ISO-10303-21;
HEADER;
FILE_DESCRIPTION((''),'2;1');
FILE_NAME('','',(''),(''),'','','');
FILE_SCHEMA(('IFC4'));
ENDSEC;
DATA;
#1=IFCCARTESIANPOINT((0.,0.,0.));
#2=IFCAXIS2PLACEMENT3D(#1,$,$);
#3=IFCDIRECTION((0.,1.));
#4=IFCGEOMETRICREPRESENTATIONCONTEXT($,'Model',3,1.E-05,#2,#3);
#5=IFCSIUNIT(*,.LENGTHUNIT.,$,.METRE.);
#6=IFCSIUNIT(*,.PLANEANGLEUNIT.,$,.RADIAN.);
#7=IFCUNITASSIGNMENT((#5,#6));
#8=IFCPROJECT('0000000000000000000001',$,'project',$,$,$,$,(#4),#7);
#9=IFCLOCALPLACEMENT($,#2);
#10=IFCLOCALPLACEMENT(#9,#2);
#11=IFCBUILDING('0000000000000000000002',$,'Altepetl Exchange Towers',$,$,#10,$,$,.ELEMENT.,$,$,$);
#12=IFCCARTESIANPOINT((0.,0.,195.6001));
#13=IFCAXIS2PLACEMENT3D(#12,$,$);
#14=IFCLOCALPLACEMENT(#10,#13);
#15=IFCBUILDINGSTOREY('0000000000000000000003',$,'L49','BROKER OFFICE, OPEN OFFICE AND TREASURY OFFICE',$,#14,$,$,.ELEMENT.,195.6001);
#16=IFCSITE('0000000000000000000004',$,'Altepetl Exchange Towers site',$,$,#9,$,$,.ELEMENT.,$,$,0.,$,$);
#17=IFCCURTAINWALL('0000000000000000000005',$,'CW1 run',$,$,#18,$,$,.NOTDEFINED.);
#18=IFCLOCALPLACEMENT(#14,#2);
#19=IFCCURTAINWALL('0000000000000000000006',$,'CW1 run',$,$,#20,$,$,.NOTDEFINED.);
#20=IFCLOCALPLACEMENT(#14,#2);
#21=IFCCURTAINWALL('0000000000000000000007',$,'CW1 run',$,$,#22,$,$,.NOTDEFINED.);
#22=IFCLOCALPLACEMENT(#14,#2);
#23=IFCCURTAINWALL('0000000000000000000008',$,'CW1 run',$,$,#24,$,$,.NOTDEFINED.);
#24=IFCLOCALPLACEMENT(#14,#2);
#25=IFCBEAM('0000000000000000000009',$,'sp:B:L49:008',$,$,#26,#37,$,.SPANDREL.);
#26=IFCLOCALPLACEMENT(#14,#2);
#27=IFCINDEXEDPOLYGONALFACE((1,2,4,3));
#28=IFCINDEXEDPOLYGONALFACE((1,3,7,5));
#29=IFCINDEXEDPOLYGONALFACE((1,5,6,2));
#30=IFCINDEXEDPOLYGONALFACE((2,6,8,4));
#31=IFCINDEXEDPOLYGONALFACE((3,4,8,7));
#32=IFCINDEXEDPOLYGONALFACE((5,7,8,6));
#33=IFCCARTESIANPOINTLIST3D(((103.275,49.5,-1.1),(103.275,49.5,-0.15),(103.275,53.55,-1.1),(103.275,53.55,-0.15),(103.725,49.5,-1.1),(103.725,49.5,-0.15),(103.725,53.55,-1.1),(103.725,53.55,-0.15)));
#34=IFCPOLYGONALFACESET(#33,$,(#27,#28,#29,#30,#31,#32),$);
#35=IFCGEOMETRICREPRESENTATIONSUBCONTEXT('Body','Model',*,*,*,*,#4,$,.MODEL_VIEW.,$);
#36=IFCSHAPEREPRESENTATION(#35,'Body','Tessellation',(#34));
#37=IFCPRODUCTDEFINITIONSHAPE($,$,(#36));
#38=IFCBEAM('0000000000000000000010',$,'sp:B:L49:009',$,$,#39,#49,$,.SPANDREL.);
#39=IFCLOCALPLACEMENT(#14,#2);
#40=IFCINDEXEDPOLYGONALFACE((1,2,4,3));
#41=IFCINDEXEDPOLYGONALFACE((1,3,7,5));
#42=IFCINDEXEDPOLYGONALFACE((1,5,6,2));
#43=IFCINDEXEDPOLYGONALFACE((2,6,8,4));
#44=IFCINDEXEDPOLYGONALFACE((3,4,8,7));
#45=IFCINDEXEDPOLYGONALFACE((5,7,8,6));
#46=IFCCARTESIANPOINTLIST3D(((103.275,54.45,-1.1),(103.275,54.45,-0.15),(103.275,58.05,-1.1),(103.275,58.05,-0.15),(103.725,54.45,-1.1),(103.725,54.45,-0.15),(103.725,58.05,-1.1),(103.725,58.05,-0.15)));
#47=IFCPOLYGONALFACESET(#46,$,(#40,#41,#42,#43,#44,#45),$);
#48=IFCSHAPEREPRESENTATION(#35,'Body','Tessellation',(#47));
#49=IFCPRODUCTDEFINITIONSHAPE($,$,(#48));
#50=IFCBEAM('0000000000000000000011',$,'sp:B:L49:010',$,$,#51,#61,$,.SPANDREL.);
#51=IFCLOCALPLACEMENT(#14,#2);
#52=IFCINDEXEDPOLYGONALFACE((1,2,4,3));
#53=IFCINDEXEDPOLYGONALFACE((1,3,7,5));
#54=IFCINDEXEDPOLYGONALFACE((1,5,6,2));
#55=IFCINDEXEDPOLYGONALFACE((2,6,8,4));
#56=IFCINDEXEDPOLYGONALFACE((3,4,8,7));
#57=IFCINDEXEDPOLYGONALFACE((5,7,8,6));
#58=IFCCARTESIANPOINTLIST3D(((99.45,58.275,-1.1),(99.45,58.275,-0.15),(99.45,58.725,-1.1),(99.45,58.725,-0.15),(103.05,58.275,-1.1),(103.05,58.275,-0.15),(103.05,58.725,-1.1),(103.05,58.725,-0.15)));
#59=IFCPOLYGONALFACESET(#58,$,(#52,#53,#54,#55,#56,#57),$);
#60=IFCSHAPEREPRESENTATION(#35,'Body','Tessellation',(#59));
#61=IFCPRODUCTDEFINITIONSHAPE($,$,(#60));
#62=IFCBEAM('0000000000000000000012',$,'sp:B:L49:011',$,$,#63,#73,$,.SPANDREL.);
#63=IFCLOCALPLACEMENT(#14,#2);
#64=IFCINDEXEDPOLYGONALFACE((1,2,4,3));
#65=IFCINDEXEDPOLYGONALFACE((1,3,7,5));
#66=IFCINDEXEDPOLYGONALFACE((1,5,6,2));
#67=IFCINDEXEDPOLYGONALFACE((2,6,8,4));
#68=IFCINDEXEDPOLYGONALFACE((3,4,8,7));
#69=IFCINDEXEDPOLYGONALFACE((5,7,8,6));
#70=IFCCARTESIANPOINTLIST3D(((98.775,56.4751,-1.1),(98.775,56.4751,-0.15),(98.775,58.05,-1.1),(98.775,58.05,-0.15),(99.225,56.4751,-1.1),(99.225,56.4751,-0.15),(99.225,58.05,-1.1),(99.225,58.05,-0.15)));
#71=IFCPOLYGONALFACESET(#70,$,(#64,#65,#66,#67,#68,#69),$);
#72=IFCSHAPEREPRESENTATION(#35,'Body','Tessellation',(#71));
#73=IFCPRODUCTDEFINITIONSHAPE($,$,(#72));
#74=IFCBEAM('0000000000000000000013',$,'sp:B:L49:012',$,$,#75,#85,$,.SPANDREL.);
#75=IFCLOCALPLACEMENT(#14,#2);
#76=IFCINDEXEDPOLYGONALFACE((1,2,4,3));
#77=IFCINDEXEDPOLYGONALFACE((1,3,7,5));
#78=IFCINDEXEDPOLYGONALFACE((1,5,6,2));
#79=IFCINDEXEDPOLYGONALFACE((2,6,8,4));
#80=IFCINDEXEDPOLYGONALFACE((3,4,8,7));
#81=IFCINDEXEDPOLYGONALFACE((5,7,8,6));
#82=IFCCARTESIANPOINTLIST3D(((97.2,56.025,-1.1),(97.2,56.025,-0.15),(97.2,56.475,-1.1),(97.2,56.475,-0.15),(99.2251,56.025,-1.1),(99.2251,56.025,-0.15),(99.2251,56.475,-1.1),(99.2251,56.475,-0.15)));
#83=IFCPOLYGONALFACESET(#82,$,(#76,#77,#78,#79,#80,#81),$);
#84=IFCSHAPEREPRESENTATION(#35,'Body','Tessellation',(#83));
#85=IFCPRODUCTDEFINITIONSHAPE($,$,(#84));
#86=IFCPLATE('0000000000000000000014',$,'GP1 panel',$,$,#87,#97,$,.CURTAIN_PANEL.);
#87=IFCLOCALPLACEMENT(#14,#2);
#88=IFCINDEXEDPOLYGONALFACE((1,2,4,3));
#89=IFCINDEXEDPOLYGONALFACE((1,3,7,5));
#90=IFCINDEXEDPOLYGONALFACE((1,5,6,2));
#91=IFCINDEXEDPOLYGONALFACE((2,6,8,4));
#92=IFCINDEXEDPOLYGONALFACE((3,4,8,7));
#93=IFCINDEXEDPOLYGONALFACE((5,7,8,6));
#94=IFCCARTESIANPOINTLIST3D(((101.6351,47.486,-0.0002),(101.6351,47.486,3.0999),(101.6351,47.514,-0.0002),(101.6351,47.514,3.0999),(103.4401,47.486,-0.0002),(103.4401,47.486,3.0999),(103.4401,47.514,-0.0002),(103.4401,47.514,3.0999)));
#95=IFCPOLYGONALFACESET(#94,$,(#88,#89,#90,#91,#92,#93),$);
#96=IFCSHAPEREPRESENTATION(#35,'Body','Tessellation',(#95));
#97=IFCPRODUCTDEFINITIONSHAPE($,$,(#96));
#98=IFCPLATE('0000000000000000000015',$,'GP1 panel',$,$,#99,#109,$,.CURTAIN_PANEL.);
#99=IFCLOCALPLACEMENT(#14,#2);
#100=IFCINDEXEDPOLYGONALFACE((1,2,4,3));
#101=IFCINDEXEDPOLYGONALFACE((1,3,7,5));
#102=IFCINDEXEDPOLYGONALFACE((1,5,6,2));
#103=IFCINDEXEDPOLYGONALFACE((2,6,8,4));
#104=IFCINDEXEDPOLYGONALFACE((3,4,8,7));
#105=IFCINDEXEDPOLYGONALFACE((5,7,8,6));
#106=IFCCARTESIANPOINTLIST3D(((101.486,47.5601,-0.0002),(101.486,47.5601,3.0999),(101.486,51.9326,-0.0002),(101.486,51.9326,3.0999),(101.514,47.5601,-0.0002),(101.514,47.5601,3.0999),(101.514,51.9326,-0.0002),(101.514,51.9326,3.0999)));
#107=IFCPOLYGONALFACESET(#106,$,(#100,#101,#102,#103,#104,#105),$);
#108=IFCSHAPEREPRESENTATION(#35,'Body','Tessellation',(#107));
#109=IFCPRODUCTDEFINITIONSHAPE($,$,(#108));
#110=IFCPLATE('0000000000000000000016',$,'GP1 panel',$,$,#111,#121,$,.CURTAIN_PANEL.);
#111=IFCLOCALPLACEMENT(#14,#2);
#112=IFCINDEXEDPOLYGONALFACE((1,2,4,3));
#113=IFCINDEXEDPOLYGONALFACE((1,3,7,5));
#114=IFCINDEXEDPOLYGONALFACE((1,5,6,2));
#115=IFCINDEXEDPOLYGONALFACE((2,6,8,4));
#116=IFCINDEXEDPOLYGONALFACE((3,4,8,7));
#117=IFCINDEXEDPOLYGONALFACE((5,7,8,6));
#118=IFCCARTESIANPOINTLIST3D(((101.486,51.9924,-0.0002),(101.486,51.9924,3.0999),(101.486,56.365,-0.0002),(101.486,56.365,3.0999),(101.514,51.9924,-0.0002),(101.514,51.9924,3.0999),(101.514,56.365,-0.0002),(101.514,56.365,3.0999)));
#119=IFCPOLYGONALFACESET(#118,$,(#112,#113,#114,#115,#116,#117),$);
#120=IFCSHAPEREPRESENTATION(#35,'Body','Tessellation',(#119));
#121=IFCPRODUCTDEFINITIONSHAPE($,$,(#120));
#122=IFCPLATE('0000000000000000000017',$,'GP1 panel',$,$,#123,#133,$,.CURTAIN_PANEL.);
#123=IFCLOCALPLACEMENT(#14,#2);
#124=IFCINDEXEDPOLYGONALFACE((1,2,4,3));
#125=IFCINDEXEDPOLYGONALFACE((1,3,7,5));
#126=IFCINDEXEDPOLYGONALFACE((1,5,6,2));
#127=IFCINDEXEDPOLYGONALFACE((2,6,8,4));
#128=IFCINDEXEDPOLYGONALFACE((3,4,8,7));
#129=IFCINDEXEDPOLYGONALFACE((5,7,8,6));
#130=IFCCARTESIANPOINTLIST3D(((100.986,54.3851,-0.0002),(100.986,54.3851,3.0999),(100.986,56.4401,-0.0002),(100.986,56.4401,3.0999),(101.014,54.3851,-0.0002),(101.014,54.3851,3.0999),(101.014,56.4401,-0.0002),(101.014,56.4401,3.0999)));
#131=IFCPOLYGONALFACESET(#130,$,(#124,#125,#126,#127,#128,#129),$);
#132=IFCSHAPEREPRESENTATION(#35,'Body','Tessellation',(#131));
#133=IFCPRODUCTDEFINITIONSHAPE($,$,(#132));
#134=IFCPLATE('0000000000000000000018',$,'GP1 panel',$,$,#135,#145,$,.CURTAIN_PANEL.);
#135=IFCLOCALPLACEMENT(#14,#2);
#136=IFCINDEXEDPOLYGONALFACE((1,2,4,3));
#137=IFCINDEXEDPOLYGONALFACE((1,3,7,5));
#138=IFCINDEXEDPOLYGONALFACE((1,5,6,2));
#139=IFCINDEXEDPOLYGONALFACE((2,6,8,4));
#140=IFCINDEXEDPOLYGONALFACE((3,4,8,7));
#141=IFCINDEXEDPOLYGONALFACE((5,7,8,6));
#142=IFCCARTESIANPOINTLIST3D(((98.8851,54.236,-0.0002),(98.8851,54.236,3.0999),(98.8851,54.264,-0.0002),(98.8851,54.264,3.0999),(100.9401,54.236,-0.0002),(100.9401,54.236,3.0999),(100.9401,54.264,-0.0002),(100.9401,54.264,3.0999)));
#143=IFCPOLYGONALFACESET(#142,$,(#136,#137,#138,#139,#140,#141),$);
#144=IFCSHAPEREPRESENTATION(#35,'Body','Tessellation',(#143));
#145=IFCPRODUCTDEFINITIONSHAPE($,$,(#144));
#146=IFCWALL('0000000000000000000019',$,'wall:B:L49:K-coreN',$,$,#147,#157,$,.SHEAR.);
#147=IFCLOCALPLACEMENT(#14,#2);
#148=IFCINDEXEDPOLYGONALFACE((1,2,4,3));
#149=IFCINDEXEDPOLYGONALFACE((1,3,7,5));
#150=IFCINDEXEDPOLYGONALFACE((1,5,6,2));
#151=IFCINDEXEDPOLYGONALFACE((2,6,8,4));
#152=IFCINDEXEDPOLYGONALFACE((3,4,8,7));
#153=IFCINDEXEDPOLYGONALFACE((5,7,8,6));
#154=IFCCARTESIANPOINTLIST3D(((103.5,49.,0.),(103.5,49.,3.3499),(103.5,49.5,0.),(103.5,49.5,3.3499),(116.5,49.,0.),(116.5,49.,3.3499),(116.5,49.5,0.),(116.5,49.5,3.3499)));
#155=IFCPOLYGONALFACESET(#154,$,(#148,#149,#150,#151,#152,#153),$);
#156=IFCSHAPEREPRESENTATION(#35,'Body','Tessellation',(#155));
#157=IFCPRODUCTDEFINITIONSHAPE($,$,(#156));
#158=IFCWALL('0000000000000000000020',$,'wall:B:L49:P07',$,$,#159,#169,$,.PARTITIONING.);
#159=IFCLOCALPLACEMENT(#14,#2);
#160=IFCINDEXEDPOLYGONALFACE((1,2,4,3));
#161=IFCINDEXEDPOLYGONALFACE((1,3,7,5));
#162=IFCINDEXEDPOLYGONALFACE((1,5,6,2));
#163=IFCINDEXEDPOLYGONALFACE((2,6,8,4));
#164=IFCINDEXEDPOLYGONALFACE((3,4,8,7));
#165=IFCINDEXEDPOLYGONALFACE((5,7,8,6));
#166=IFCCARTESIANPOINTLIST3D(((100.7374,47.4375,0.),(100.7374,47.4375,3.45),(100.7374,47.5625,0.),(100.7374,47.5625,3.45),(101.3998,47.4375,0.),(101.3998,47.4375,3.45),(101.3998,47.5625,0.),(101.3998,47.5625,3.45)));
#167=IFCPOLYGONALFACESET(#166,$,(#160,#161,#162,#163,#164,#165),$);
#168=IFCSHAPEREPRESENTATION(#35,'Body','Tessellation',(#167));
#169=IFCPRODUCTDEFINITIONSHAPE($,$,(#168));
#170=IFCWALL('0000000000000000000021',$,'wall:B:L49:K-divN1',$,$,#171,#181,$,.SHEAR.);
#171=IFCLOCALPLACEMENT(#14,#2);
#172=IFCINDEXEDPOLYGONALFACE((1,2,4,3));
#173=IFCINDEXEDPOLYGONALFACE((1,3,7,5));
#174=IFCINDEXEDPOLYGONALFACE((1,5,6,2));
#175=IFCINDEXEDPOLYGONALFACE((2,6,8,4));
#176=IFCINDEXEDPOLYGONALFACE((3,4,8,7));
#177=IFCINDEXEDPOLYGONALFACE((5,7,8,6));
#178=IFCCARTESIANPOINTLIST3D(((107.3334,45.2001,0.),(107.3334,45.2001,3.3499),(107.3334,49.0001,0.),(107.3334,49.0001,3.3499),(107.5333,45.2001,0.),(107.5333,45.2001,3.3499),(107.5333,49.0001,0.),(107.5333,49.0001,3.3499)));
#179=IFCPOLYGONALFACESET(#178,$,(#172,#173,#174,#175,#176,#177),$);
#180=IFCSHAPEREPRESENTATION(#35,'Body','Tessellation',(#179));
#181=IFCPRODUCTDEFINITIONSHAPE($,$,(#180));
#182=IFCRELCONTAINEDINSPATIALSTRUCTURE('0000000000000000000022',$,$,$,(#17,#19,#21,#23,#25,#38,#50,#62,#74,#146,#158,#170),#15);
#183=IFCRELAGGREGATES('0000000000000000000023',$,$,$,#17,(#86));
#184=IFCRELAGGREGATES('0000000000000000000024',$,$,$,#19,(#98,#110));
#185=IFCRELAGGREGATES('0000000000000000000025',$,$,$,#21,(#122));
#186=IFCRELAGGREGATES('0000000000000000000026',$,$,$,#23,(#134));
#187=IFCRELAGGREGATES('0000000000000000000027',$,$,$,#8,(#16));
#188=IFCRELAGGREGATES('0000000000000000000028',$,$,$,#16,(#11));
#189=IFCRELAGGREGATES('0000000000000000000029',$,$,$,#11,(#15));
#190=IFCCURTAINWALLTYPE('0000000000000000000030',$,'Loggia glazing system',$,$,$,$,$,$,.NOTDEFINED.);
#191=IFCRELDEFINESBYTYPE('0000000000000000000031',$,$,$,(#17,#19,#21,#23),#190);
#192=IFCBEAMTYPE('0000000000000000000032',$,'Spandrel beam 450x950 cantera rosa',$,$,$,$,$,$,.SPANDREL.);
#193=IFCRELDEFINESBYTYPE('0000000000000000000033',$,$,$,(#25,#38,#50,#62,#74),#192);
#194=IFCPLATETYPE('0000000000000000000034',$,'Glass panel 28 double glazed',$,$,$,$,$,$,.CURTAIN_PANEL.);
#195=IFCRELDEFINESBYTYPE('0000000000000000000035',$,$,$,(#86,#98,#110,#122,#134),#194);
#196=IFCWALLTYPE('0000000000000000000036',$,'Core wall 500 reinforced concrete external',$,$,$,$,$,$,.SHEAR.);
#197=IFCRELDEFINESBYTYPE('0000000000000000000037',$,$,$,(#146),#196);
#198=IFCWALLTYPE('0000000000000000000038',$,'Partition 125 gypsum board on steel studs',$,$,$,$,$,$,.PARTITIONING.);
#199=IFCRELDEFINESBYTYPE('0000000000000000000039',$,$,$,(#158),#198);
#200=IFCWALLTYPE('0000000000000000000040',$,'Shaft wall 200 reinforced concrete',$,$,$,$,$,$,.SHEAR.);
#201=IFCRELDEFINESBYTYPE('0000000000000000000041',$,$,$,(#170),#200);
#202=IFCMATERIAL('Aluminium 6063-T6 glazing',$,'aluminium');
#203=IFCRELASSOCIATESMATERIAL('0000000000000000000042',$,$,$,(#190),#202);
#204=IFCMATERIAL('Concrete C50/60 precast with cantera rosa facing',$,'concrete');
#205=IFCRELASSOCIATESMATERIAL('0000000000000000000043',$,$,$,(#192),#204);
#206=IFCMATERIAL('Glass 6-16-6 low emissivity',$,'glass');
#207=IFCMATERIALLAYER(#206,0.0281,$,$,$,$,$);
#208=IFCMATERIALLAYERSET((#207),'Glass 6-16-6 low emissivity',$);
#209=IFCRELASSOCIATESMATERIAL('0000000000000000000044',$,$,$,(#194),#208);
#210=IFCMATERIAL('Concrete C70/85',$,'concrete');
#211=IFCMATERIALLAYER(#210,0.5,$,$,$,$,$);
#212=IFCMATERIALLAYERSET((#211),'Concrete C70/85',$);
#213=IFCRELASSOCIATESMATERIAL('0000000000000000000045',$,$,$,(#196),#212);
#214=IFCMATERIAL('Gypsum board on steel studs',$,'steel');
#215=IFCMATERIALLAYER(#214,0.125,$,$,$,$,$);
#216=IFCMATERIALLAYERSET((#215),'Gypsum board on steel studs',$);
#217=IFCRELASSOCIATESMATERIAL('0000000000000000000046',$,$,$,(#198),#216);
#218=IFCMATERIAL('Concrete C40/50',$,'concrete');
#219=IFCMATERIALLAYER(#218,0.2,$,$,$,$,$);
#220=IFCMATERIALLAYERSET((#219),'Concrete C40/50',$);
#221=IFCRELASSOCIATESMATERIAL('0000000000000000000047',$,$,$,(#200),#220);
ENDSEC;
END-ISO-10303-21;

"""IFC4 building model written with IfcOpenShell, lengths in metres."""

from ifc_helpers import new_model, si_unit, direction, frame, frame_2d, origin, origin_2d, place, context, subcontext, project, spatial, rectangle, extrude, material, layer, layer_set, material_profile, profile_set, type_object, element, aggregate, save


model = new_model("IFC4")

# Units and contexts
model_context = context("Model", 3, precision=1e-05, world=origin(), true_north=direction((0.0, 1.0)))
body_context = subcontext(model_context, "Body", "Model", "MODEL_VIEW")
ifc_project = project(units=[si_unit("LENGTHUNIT", "METRE"), si_unit("PLANEANGLEUNIT", "RADIAN")], contexts=[model_context])

# Site, building, storey
site_placement = place(None, origin())
site = spatial("IfcSite", under=ifc_project, at=site_placement, Name="Altepetl Exchange Towers site", CompositionType="ELEMENT", RefElevation=0.0)
building_placement = place(site_placement, origin())
building = spatial("IfcBuilding", under=site, at=building_placement, Name="Altepetl Exchange Towers", CompositionType="ELEMENT")
storey_placement = place(building_placement, frame((0.0, 0.0, 195.6001)))
storey = spatial("IfcBuildingStorey", under=building, at=storey_placement, Name="L49", Description="BROKER OFFICE, OPEN OFFICE AND TREASURY OFFICE", CompositionType="ELEMENT", Elevation=195.6001)

# Curtain walls
ifc_material_1 = material(Name="Aluminium 6063-T6 glazing", Category="aluminium")
curtain_wall_type = type_object("IfcCurtainWallType", Name="Loggia glazing system", PredefinedType="NOTDEFINED", material=ifc_material_1)
curtain_wall_1_placement = place(storey_placement, origin())
curtain_wall_1 = element("IfcCurtainWall", 1, at=curtain_wall_1_placement, inside=storey, type_object=curtain_wall_type, Name="CW1 run", PredefinedType="NOTDEFINED")
curtain_wall_2_placement = place(storey_placement, origin())
curtain_wall_2 = element("IfcCurtainWall", 2, at=curtain_wall_2_placement, inside=storey, type_object=curtain_wall_type, Name="CW1 run", PredefinedType="NOTDEFINED")
curtain_wall_3_placement = place(storey_placement, origin())
curtain_wall_3 = element("IfcCurtainWall", 3, at=curtain_wall_3_placement, inside=storey, type_object=curtain_wall_type, Name="CW1 run", PredefinedType="NOTDEFINED")
curtain_wall_4_placement = place(storey_placement, origin())
curtain_wall_4 = element("IfcCurtainWall", 4, at=curtain_wall_4_placement, inside=storey, type_object=curtain_wall_type, Name="CW1 run", PredefinedType="NOTDEFINED")

# Beams
ifc_material_2 = material(Name="Concrete C50/60 precast with cantera rosa facing", Category="concrete")
ifc_material_profile_1 = material_profile(ifc_material_2, rectangle(XDim=0.45, YDim=0.95, at=origin_2d()), Name="450 x 950")
ifc_profile_set_1 = profile_set([ifc_material_profile_1], Name="Concrete C50/60 precast with cantera rosa facing")
beam_type = type_object("IfcBeamType", Name="Spandrel beam 450x950 cantera rosa", PredefinedType="SPANDREL", material=ifc_profile_set_1)
beam_1_placement = place(storey_placement, frame((103.5, 49.5, -0.625), z_axis=(0.0, 1.0, 0.0), x_axis=(-1.0, 0.0, 0.0)))
element("IfcBeam", 5, at=beam_1_placement, inside=storey, type_object=beam_type, Name="sp:B:L49:008", PredefinedType="SPANDREL", context=body_context, shape_type="SweptSolid", body=[
    extrude(rectangle(XDim=0.45, YDim=0.95, at=origin_2d()), origin(), (0.0, 0.0, 1.0), 4.05),
])
for number, where, z_axis, x_axis, name in (
    (6, (103.5, 54.45, -0.625), (0.0, 1.0, 0.0), (-1.0, 0.0, 0.0), "sp:B:L49:009"),
    (7, (103.05, 58.5, -0.625), (-1.0, 0.0, 0.0), (0.0, -1.0, 0.0), "sp:B:L49:010"),
):
    element("IfcBeam", number, at=place(storey_placement, frame(where, z_axis=z_axis, x_axis=x_axis)), inside=storey, type_object=beam_type, Name=name, PredefinedType="SPANDREL", context=body_context, shape_type="SweptSolid", body=[
        extrude(rectangle(XDim=0.45, YDim=0.95, at=origin_2d()), origin(), (0.0, 0.0, 1.0), 3.6001),
    ])
beam_2_placement = place(storey_placement, frame((99.0, 58.05, -0.625), z_axis=(0.0, -1.0, 0.0), x_axis=(1.0, 0.0, 0.0)))
element("IfcBeam", 8, at=beam_2_placement, inside=storey, type_object=beam_type, Name="sp:B:L49:011", PredefinedType="SPANDREL", context=body_context, shape_type="SweptSolid", body=[
    extrude(rectangle(XDim=0.45, YDim=0.95, at=origin_2d()), origin(), (0.0, 0.0, 1.0), 1.575),
])
beam_3_placement = place(storey_placement, frame((99.2251, 56.25, -0.625), z_axis=(-1.0, 0.0, 0.0), x_axis=(0.0, -1.0, 0.0)))
element("IfcBeam", 9, at=beam_3_placement, inside=storey, type_object=beam_type, Name="sp:B:L49:012", PredefinedType="SPANDREL", context=body_context, shape_type="SweptSolid", body=[
    extrude(rectangle(XDim=0.45, YDim=0.95, at=origin_2d()), origin(), (0.0, 0.0, 1.0), 2.0251),
])

# Plates
ifc_material_3 = material(Name="Glass 6-16-6 low emissivity", Category="glass")
ifc_layer_1 = layer(ifc_material_3, 0.0281)
ifc_layer_set_1 = layer_set([ifc_layer_1], Name="Glass 6-16-6 low emissivity")
plate_type = type_object("IfcPlateType", Name="Glass panel 28 double glazed", PredefinedType="CURTAIN_PANEL", material=ifc_layer_set_1)
plate_1_placement = place(storey_placement, frame((102.5376, 47.5, -0.0002), z_axis=(0.0, 0.0, 1.0), x_axis=(-1.0, 0.0, 0.0)))
plate_1 = element("IfcPlate", 10, at=plate_1_placement, type_object=plate_type, Name="GP1 panel", PredefinedType="CURTAIN_PANEL", context=body_context, shape_type="SweptSolid", body=[
    extrude(rectangle(XDim=1.8049, YDim=0.0281, at=origin_2d()), origin(), (0.0, 0.0, 1.0), 3.1001),
])
aggregate(curtain_wall_1, [plate_1])
plate_2_placement = place(storey_placement, frame((101.5, 49.7463, -0.0002), z_axis=(0.0, 0.0, 1.0), x_axis=(0.0, 1.0, 0.0)))
plate_2 = element("IfcPlate", 11, at=plate_2_placement, type_object=plate_type, Name="GP1 panel", PredefinedType="CURTAIN_PANEL", context=body_context, shape_type="SweptSolid", body=[
    extrude(rectangle(XDim=4.3726, YDim=0.0281, at=origin_2d()), origin(), (0.0, 0.0, 1.0), 3.1001),
])
plate_3_placement = place(storey_placement, frame((101.5, 54.1787, -0.0002), z_axis=(0.0, 0.0, 1.0), x_axis=(0.0, 1.0, 0.0)))
plate_3 = element("IfcPlate", 12, at=plate_3_placement, type_object=plate_type, Name="GP1 panel", PredefinedType="CURTAIN_PANEL", context=body_context, shape_type="SweptSolid", body=[
    extrude(rectangle(XDim=4.3726, YDim=0.0281, at=origin_2d()), origin(), (0.0, 0.0, 1.0), 3.1001),
])
aggregate(curtain_wall_2, [plate_2, plate_3])
plate_4_placement = place(storey_placement, frame((101.0, 55.4126, -0.0002), z_axis=(0.0, 0.0, 1.0), x_axis=(0.0, -1.0, 0.0)))
plate_4 = element("IfcPlate", 13, at=plate_4_placement, type_object=plate_type, Name="GP1 panel", PredefinedType="CURTAIN_PANEL", context=body_context, shape_type="SweptSolid", body=[
    extrude(rectangle(XDim=2.0549, YDim=0.0281, at=origin_2d()), origin(), (0.0, 0.0, 1.0), 3.1001),
])
aggregate(curtain_wall_3, [plate_4])
plate_5_placement = place(storey_placement, frame((99.9126, 54.25, -0.0002), z_axis=(0.0, 0.0, 1.0), x_axis=(-1.0, 0.0, 0.0)))
plate_5 = element("IfcPlate", 14, at=plate_5_placement, type_object=plate_type, Name="GP1 panel", PredefinedType="CURTAIN_PANEL", context=body_context, shape_type="SweptSolid", body=[
    extrude(rectangle(XDim=2.0549, YDim=0.0281, at=origin_2d()), origin(), (0.0, 0.0, 1.0), 3.1001),
])
aggregate(curtain_wall_4, [plate_5])

# Walls
ifc_material_4 = material(Name="Concrete C70/85", Category="concrete")
ifc_layer_2 = layer(ifc_material_4, 0.5)
ifc_layer_set_2 = layer_set([ifc_layer_2], Name="Concrete C70/85")
wall_type_1 = type_object("IfcWallType", Name="Core wall 500 reinforced concrete external", PredefinedType="SHEAR", material=ifc_layer_set_2)
wall_1_placement = place(storey_placement, frame((103.5, 49.25, 0.0)))
element("IfcWall", 15, at=wall_1_placement, inside=storey, type_object=wall_type_1, Name="wall:B:L49:K-coreN", PredefinedType="SHEAR", context=body_context, shape_type="SweptSolid", body=[
    extrude(rectangle(XDim=13.0, YDim=0.5, at=frame_2d((6.5, 0.0))), origin(), (0.0, 0.0, 1.0), 3.3499),
])
ifc_material_5 = material(Name="Gypsum board on steel studs", Category="steel")
ifc_layer_3 = layer(ifc_material_5, 0.125)
ifc_layer_set_3 = layer_set([ifc_layer_3], Name="Gypsum board on steel studs")
wall_type_2 = type_object("IfcWallType", Name="Partition 125 gypsum board on steel studs", PredefinedType="PARTITIONING", material=ifc_layer_set_3)
wall_2_placement = place(storey_placement, frame((100.7375, 47.5, 0.0)))
element("IfcWall", 16, at=wall_2_placement, inside=storey, type_object=wall_type_2, Name="wall:B:L49:P07", PredefinedType="PARTITIONING", context=body_context, shape_type="SweptSolid", body=[
    extrude(rectangle(XDim=0.6624, YDim=0.125, at=frame_2d((0.3311, 0.0))), origin(), (0.0, 0.0, 1.0), 3.45),
])
ifc_material_6 = material(Name="Concrete C40/50", Category="concrete")
ifc_layer_4 = layer(ifc_material_6, 0.2)
ifc_layer_set_4 = layer_set([ifc_layer_4], Name="Concrete C40/50")
wall_type_3 = type_object("IfcWallType", Name="Shaft wall 200 reinforced concrete", PredefinedType="SHEAR", material=ifc_layer_set_4)
wall_3_placement = place(storey_placement, frame((107.4333, 49.0, 0.0), z_axis=(0.0, 0.0, 1.0), x_axis=(0.0, -1.0, 0.0)))
element("IfcWall", 17, at=wall_3_placement, inside=storey, type_object=wall_type_3, Name="wall:B:L49:K-divN1", PredefinedType="SHEAR", context=body_context, shape_type="SweptSolid", body=[
    extrude(rectangle(XDim=3.8, YDim=0.2, at=frame_2d((1.8999, 0.0))), origin(), (0.0, 0.0, 1.0), 3.3499),
])

save(model, "model.ifc")
